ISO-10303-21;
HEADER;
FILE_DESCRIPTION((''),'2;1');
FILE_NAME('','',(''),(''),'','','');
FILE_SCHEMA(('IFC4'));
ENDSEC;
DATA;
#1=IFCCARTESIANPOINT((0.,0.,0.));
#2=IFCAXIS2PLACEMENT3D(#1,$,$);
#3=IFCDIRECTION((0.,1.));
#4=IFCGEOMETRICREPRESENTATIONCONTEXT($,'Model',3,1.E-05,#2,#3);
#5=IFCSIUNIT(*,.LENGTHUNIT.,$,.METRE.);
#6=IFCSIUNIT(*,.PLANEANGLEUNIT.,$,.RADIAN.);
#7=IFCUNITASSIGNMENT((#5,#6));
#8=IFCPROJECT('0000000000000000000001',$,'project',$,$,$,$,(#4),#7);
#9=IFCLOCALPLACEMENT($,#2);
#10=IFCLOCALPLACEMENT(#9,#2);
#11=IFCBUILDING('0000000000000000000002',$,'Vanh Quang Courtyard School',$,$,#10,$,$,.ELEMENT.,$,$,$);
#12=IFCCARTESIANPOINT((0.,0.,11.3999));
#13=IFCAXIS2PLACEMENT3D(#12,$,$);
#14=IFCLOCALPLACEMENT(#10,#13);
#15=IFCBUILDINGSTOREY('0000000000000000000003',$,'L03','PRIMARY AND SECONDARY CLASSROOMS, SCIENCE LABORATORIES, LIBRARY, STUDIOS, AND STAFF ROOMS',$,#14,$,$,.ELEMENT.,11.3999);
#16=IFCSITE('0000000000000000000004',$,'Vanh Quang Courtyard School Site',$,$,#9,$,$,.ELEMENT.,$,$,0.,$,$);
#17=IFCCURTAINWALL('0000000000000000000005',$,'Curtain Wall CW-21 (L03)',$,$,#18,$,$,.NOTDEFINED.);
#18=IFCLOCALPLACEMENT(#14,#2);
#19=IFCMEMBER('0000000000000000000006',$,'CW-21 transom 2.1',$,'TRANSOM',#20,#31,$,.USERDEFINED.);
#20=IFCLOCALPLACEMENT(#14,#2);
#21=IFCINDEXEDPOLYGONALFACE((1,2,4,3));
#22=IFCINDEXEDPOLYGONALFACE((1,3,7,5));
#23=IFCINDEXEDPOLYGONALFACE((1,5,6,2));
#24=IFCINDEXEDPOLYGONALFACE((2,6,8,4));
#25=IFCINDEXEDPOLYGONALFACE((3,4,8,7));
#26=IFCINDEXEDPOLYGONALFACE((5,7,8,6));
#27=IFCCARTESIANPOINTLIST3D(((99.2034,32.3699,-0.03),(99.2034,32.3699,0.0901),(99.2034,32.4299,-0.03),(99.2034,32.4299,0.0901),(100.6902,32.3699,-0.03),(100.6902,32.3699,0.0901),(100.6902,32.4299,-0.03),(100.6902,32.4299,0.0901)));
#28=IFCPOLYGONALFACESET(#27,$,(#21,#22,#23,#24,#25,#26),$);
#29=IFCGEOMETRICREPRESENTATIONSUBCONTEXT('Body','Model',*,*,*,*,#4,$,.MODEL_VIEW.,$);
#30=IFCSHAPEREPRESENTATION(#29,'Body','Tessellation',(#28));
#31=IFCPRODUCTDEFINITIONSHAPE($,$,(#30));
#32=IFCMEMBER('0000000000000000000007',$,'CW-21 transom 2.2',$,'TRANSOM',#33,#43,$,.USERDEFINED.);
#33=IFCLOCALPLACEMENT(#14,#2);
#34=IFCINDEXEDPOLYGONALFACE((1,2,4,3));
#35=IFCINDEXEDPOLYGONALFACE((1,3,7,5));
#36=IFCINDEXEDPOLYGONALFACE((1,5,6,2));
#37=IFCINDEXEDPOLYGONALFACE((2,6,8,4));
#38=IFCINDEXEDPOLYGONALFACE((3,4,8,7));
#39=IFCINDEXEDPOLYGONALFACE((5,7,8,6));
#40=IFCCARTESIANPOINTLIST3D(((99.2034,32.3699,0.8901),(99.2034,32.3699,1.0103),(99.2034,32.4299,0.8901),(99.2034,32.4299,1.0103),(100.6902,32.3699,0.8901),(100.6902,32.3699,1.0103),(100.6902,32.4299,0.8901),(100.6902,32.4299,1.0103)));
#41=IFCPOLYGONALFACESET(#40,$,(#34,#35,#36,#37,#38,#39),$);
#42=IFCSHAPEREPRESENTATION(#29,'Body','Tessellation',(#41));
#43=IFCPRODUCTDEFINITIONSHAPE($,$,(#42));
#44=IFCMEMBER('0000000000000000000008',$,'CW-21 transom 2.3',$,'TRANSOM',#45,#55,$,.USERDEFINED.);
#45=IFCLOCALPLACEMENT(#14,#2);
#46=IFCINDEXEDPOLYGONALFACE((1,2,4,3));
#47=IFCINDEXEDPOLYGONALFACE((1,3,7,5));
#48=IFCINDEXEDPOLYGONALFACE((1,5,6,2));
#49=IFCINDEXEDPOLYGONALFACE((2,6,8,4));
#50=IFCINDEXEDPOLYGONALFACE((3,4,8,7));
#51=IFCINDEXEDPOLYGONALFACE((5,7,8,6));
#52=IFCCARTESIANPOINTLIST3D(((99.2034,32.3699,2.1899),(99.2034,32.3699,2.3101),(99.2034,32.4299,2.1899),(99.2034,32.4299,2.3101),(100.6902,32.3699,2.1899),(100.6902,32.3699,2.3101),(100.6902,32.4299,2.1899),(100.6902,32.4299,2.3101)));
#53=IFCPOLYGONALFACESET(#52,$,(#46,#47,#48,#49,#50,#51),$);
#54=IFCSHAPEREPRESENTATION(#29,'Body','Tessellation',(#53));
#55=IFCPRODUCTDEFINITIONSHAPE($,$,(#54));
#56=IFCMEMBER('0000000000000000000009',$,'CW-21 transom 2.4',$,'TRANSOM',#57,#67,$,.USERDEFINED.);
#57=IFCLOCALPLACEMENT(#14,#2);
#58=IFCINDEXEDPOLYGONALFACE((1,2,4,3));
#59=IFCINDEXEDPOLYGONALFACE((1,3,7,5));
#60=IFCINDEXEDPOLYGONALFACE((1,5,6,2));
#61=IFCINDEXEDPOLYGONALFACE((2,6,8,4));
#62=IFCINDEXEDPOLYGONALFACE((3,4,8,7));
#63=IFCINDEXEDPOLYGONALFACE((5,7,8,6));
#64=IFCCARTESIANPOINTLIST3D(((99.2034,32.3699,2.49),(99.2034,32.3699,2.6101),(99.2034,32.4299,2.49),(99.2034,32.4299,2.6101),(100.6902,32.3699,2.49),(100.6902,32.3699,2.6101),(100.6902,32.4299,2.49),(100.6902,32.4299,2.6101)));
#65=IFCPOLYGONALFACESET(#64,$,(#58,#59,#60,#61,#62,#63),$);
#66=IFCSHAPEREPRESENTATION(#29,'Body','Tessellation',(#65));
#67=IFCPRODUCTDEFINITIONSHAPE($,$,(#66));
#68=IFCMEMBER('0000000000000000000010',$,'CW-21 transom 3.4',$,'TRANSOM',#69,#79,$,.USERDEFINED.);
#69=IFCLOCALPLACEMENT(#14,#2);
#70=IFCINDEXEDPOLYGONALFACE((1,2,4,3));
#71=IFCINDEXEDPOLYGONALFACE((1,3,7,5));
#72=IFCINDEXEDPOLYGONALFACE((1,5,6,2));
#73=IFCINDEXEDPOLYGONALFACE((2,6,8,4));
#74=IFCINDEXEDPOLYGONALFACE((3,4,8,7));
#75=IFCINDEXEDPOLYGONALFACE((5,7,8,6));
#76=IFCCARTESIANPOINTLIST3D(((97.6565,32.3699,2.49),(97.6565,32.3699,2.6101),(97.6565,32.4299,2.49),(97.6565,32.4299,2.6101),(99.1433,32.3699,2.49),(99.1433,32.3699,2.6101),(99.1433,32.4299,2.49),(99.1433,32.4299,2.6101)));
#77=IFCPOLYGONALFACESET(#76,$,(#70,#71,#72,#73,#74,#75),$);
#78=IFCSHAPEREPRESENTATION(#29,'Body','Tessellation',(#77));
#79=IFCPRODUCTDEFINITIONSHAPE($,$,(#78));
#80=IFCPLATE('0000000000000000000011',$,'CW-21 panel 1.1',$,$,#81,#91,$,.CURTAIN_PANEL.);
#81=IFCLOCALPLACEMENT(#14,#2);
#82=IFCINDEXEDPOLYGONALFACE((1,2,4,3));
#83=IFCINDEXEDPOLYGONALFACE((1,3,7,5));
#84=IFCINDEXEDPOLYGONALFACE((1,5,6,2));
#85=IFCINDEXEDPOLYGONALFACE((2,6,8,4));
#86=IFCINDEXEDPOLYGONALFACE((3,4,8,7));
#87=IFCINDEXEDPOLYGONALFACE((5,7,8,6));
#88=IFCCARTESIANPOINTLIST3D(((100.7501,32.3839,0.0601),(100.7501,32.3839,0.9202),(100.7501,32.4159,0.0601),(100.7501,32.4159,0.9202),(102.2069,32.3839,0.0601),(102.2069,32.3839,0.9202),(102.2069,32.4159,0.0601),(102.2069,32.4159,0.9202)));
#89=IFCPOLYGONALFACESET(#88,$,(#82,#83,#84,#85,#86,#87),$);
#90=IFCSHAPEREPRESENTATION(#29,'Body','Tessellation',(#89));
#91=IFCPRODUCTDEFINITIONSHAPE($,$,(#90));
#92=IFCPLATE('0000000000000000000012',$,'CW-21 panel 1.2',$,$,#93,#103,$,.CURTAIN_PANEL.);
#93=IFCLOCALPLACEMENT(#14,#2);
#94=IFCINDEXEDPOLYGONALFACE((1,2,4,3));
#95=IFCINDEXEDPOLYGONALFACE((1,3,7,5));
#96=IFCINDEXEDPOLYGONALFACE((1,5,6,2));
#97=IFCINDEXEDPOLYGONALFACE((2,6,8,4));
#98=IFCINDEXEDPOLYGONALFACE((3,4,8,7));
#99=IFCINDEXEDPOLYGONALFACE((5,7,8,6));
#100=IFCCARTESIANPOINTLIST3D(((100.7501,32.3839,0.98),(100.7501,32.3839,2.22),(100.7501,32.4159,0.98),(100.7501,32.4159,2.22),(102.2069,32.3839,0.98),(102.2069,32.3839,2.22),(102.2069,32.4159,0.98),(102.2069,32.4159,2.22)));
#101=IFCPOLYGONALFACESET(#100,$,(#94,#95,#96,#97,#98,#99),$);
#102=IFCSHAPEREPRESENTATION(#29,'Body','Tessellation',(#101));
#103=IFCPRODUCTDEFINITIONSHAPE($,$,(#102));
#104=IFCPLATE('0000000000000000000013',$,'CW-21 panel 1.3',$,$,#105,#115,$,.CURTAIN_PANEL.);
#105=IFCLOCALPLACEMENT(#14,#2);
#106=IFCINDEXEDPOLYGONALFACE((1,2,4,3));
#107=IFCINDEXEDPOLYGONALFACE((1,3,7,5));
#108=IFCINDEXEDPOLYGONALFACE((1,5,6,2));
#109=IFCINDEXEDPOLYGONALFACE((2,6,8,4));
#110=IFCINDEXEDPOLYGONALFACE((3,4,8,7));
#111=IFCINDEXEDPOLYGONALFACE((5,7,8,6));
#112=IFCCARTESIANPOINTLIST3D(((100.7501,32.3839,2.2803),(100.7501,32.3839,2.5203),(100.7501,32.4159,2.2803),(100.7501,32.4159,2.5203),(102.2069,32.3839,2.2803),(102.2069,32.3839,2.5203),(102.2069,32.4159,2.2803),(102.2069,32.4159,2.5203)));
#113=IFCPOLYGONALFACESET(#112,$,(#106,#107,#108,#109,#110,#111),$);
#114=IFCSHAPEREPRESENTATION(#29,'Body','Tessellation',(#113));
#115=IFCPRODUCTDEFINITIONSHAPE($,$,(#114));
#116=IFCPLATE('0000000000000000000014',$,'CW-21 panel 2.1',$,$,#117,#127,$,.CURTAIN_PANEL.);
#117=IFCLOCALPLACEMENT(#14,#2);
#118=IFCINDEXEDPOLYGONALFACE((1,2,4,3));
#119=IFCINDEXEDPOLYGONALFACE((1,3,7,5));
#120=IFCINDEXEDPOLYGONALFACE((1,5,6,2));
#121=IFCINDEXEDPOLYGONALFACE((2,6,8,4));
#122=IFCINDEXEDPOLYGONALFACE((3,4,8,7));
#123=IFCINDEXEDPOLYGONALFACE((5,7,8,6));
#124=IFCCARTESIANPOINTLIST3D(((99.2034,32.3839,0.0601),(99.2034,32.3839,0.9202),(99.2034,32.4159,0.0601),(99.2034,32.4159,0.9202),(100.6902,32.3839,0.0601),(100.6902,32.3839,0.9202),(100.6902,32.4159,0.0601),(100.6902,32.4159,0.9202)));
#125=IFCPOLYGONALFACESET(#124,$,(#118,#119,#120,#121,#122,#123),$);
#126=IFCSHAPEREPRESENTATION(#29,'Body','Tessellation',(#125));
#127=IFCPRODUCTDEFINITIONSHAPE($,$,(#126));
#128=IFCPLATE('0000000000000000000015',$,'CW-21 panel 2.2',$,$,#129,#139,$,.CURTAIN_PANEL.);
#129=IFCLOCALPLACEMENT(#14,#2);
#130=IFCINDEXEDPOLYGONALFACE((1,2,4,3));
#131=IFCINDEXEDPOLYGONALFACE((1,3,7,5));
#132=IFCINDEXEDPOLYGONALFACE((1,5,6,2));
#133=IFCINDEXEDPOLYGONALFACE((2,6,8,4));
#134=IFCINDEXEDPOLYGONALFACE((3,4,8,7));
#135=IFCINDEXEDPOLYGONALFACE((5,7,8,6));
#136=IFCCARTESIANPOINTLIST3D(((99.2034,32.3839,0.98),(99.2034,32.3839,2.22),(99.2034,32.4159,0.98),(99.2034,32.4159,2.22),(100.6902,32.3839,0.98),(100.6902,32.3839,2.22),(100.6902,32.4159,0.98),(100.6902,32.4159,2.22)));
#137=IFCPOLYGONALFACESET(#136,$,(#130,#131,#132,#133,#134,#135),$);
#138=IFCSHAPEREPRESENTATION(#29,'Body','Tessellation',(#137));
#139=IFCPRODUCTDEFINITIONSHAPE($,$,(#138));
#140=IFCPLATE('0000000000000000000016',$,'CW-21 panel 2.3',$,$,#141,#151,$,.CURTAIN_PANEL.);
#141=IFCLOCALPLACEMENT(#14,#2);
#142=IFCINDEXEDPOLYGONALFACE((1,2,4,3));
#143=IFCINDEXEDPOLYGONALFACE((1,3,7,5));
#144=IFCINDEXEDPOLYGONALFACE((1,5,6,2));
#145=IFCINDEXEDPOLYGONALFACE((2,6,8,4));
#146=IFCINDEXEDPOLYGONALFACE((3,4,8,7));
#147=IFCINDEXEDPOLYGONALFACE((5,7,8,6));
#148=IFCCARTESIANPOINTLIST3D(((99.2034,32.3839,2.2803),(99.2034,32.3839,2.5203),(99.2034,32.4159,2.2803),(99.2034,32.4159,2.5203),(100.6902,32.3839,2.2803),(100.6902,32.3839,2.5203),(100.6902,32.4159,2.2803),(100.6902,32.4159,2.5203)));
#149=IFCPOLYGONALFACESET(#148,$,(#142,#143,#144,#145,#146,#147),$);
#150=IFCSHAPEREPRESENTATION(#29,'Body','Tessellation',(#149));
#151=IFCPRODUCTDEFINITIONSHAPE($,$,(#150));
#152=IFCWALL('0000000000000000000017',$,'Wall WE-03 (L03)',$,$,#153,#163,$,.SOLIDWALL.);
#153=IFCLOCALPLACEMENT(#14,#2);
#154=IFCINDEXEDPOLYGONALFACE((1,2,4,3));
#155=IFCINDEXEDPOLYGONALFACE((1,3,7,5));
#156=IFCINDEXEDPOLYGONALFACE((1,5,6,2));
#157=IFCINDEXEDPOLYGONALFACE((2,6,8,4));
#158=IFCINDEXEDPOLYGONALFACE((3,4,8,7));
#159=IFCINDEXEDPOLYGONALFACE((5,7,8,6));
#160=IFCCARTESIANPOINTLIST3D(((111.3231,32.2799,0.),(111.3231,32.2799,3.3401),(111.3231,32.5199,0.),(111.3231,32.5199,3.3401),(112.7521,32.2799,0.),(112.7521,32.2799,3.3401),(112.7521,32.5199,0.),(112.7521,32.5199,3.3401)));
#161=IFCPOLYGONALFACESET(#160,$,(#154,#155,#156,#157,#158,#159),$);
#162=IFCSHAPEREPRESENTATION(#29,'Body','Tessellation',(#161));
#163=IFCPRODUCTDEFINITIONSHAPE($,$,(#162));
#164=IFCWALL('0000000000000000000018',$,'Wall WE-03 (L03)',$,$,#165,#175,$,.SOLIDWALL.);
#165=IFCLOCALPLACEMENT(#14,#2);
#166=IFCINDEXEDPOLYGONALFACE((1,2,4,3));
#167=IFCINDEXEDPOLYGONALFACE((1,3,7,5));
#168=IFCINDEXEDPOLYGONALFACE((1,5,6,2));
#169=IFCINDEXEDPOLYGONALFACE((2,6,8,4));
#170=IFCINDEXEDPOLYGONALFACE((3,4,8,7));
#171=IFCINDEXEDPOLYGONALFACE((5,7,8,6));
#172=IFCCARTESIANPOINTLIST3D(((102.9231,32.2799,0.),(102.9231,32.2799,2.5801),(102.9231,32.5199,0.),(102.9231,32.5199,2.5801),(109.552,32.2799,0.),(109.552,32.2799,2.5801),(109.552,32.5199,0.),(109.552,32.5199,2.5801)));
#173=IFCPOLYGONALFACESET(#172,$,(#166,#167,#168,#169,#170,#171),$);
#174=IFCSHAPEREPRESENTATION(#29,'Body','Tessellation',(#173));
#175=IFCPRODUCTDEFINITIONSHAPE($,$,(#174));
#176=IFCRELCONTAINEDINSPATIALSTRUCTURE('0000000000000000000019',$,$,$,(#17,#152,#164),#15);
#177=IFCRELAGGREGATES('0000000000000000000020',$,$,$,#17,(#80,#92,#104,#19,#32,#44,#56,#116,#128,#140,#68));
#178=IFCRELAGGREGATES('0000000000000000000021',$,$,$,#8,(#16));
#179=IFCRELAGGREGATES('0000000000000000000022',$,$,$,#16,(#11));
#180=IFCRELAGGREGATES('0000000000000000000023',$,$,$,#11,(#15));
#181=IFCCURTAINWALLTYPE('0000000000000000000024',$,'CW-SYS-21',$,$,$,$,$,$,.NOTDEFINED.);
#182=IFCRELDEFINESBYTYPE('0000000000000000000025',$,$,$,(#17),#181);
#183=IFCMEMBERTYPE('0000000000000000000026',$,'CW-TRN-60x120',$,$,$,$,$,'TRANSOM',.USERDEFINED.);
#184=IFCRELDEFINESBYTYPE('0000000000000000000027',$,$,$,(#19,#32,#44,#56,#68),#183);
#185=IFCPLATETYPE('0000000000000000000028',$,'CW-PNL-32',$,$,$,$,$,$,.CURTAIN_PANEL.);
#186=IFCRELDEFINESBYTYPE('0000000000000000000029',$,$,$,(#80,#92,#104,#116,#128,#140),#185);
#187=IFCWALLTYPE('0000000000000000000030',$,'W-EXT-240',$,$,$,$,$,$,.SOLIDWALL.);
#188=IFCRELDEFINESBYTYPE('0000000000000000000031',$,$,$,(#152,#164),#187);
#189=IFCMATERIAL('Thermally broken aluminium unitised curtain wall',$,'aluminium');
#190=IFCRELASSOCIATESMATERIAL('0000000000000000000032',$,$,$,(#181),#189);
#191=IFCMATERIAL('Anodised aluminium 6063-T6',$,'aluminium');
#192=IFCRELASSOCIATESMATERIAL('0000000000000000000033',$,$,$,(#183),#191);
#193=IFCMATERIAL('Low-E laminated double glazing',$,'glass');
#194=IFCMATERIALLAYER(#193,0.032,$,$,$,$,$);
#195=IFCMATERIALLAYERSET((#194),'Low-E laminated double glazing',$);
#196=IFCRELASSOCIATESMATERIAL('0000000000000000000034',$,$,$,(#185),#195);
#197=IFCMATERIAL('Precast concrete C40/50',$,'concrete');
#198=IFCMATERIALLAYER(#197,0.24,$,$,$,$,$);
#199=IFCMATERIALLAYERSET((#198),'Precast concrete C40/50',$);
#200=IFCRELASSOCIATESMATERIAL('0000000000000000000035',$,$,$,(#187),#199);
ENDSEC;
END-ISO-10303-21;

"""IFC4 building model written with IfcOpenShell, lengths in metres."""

from ifc_helpers import new_model, si_unit, direction, frame, frame_2d, origin, origin_2d, place, context, subcontext, project, spatial, rectangle, extrude, material, layer, layer_set, material_profile, profile_set, type_object, element, aggregate, save


model = new_model("IFC4")

# Units and contexts
model_context = context("Model", 3, precision=1e-05, world=origin(), true_north=direction((0.0, 1.0)))
body_context = subcontext(model_context, "Body", "Model", "MODEL_VIEW")
ifc_project = project(units=[si_unit("LENGTHUNIT", "METRE"), si_unit("PLANEANGLEUNIT", "RADIAN")], contexts=[model_context])

# Site, building, storey
site_placement = place(None, origin())
site = spatial("IfcSite", under=ifc_project, at=site_placement, Name="Vanh Quang Courtyard School Site", CompositionType="ELEMENT", RefElevation=0.0)
building_placement = place(site_placement, origin())
building = spatial("IfcBuilding", under=site, at=building_placement, Name="Vanh Quang Courtyard School", CompositionType="ELEMENT")
storey_placement = place(building_placement, frame((0.0, 0.0, 11.3999)))
storey = spatial("IfcBuildingStorey", under=building, at=storey_placement, Name="L03", Description="PRIMARY AND SECONDARY CLASSROOMS, SCIENCE LABORATORIES, LIBRARY, STUDIOS, AND STAFF ROOMS", CompositionType="ELEMENT", Elevation=11.3999)

# Curtain wall, members, plates
ifc_material_1 = material(Name="Thermally broken aluminium unitised curtain wall", Category="aluminium")
curtain_wall_type = type_object("IfcCurtainWallType", Name="CW-SYS-21", PredefinedType="NOTDEFINED", material=ifc_material_1)
curtain_wall_placement = place(storey_placement, origin())
curtain_wall = element("IfcCurtainWall", 1, at=curtain_wall_placement, inside=storey, type_object=curtain_wall_type, Name="Curtain Wall CW-21 (L03)", PredefinedType="NOTDEFINED")
ifc_material_2 = material(Name="Anodised aluminium 6063-T6", Category="aluminium")
ifc_material_profile_1 = material_profile(ifc_material_2, rectangle(XDim=0.0601, YDim=0.1201, at=origin_2d()), Name="ALU-TRN 60x120")
ifc_profile_set_1 = profile_set([ifc_material_profile_1], Name="Anodised aluminium 6063-T6")
member_type_1 = type_object("IfcMemberType", Name="CW-TRN-60x120", ElementType="TRANSOM", PredefinedType="USERDEFINED", material=ifc_profile_set_1)
member_1_placement = place(storey_placement, frame((100.6902, 32.3999, 0.03), z_axis=(-1.0, 0.0, 0.0), x_axis=(0.0, -1.0, 0.0)))
member_1 = element("IfcMember", 2, at=member_1_placement, type_object=member_type_1, Name="CW-21 transom 2.1", ObjectType="TRANSOM", PredefinedType="USERDEFINED", context=body_context, shape_type="SweptSolid", body=[
    extrude(rectangle(XDim=0.0601, YDim=0.1201, at=origin_2d()), origin(), (0.0, 0.0, 1.0), 1.4868),
])
member_2_placement = place(storey_placement, frame((100.6902, 32.3999, 0.9502), z_axis=(-1.0, 0.0, 0.0), x_axis=(0.0, -1.0, 0.0)))
member_2 = element("IfcMember", 3, at=member_2_placement, type_object=member_type_1, Name="CW-21 transom 2.2", ObjectType="TRANSOM", PredefinedType="USERDEFINED", context=body_context, shape_type="SweptSolid", body=[
    extrude(rectangle(XDim=0.0601, YDim=0.1201, at=origin_2d()), origin(), (0.0, 0.0, 1.0), 1.4868),
])
member_3_placement = place(storey_placement, frame((100.6902, 32.3999, 2.25), z_axis=(-1.0, 0.0, 0.0), x_axis=(0.0, -1.0, 0.0)))
member_3 = element("IfcMember", 4, at=member_3_placement, type_object=member_type_1, Name="CW-21 transom 2.3", ObjectType="TRANSOM", PredefinedType="USERDEFINED", context=body_context, shape_type="SweptSolid", body=[
    extrude(rectangle(XDim=0.0601, YDim=0.1201, at=origin_2d()), origin(), (0.0, 0.0, 1.0), 1.4868),
])
member_4_placement = place(storey_placement, frame((100.6902, 32.3999, 2.55), z_axis=(-1.0, 0.0, 0.0), x_axis=(0.0, -1.0, 0.0)))
member_4 = element("IfcMember", 5, at=member_4_placement, type_object=member_type_1, Name="CW-21 transom 2.4", ObjectType="TRANSOM", PredefinedType="USERDEFINED", context=body_context, shape_type="SweptSolid", body=[
    extrude(rectangle(XDim=0.0601, YDim=0.1201, at=origin_2d()), origin(), (0.0, 0.0, 1.0), 1.4868),
])
member_5_placement = place(storey_placement, frame((99.1433, 32.3999, 2.55), z_axis=(-1.0, 0.0, 0.0), x_axis=(0.0, -1.0, 0.0)))
member_5 = element("IfcMember", 6, at=member_5_placement, type_object=member_type_1, Name="CW-21 transom 3.4", ObjectType="TRANSOM", PredefinedType="USERDEFINED", context=body_context, shape_type="SweptSolid", body=[
    extrude(rectangle(XDim=0.0601, YDim=0.1201, at=origin_2d()), origin(), (0.0, 0.0, 1.0), 1.4868),
])
ifc_material_3 = material(Name="Low-E laminated double glazing", Category="glass")
ifc_layer_1 = layer(ifc_material_3, 0.032)
ifc_layer_set_1 = layer_set([ifc_layer_1], Name="Low-E laminated double glazing")
plate_type = type_object("IfcPlateType", Name="CW-PNL-32", PredefinedType="CURTAIN_PANEL", material=ifc_layer_set_1)
plate_1_placement = place(storey_placement, frame((101.4785, 32.3999, 0.0601), z_axis=(0.0, 0.0, 1.0), x_axis=(-1.0, 0.0, 0.0)))
plate_1 = element("IfcPlate", 7, at=plate_1_placement, type_object=plate_type, Name="CW-21 panel 1.1", PredefinedType="CURTAIN_PANEL", context=body_context, shape_type="SweptSolid", body=[
    extrude(rectangle(XDim=1.4568, YDim=0.032, at=origin_2d()), origin(), (0.0, 0.0, 1.0), 0.8601),
])
plate_2_placement = place(storey_placement, frame((101.4785, 32.3999, 0.98), z_axis=(0.0, 0.0, 1.0), x_axis=(-1.0, 0.0, 0.0)))
plate_2 = element("IfcPlate", 8, at=plate_2_placement, type_object=plate_type, Name="CW-21 panel 1.2", PredefinedType="CURTAIN_PANEL", context=body_context, shape_type="SweptSolid", body=[
    extrude(rectangle(XDim=1.4568, YDim=0.032, at=origin_2d()), origin(), (0.0, 0.0, 1.0), 1.24),
])
plate_3_placement = place(storey_placement, frame((101.4785, 32.3999, 2.2803), z_axis=(0.0, 0.0, 1.0), x_axis=(-1.0, 0.0, 0.0)))
plate_3 = element("IfcPlate", 9, at=plate_3_placement, type_object=plate_type, Name="CW-21 panel 1.3", PredefinedType="CURTAIN_PANEL", context=body_context, shape_type="SweptSolid", body=[
    extrude(rectangle(XDim=1.4568, YDim=0.032, at=origin_2d()), origin(), (0.0, 0.0, 1.0), 0.24),
])
plate_4_placement = place(storey_placement, frame((99.9468, 32.3999, 0.0601), z_axis=(0.0, 0.0, 1.0), x_axis=(-1.0, 0.0, 0.0)))
plate_4 = element("IfcPlate", 10, at=plate_4_placement, type_object=plate_type, Name="CW-21 panel 2.1", PredefinedType="CURTAIN_PANEL", context=body_context, shape_type="SweptSolid", body=[
    extrude(rectangle(XDim=1.4868, YDim=0.032, at=origin_2d()), origin(), (0.0, 0.0, 1.0), 0.8601),
])
plate_5_placement = place(storey_placement, frame((99.9468, 32.3999, 0.98), z_axis=(0.0, 0.0, 1.0), x_axis=(-1.0, 0.0, 0.0)))
plate_5 = element("IfcPlate", 11, at=plate_5_placement, type_object=plate_type, Name="CW-21 panel 2.2", PredefinedType="CURTAIN_PANEL", context=body_context, shape_type="SweptSolid", body=[
    extrude(rectangle(XDim=1.4868, YDim=0.032, at=origin_2d()), origin(), (0.0, 0.0, 1.0), 1.24),
])
plate_6_placement = place(storey_placement, frame((99.9468, 32.3999, 2.2803), z_axis=(0.0, 0.0, 1.0), x_axis=(-1.0, 0.0, 0.0)))
plate_6 = element("IfcPlate", 12, at=plate_6_placement, type_object=plate_type, Name="CW-21 panel 2.3", PredefinedType="CURTAIN_PANEL", context=body_context, shape_type="SweptSolid", body=[
    extrude(rectangle(XDim=1.4868, YDim=0.032, at=origin_2d()), origin(), (0.0, 0.0, 1.0), 0.24),
])
aggregate(curtain_wall, [plate_1, plate_2, plate_3, member_1, member_2, member_3, member_4, plate_4, plate_5, plate_6, member_5])

# Walls
ifc_material_4 = material(Name="Precast concrete C40/50", Category="concrete")
ifc_layer_2 = layer(ifc_material_4, 0.24)
ifc_layer_set_2 = layer_set([ifc_layer_2], Name="Precast concrete C40/50")
wall_type = type_object("IfcWallType", Name="W-EXT-240", PredefinedType="SOLIDWALL", material=ifc_layer_set_2)
wall_1_placement = place(storey_placement, frame((112.752, 32.3999, 0.0), z_axis=(0.0, 0.0, 1.0), x_axis=(-1.0, 0.0, 0.0)))
element("IfcWall", 13, at=wall_1_placement, inside=storey, type_object=wall_type, Name="Wall WE-03 (L03)", PredefinedType="SOLIDWALL", context=body_context, shape_type="SweptSolid", body=[
    extrude(rectangle(XDim=1.429, YDim=0.24, at=frame_2d((0.7144, 0.0))), origin(), (0.0, 0.0, 1.0), 3.3401),
])
wall_2_placement = place(storey_placement, frame((109.552, 32.3999, 0.0), z_axis=(0.0, 0.0, 1.0), x_axis=(-1.0, 0.0, 0.0)))
element("IfcWall", 14, at=wall_2_placement, inside=storey, type_object=wall_type, Name="Wall WE-03 (L03)", PredefinedType="SOLIDWALL", context=body_context, shape_type="SweptSolid", body=[
    extrude(rectangle(XDim=6.6289, YDim=0.24, at=frame_2d((3.3145, 0.0))), origin(), (0.0, 0.0, 1.0), 2.5801),
])

save(model, "model.ifc")
